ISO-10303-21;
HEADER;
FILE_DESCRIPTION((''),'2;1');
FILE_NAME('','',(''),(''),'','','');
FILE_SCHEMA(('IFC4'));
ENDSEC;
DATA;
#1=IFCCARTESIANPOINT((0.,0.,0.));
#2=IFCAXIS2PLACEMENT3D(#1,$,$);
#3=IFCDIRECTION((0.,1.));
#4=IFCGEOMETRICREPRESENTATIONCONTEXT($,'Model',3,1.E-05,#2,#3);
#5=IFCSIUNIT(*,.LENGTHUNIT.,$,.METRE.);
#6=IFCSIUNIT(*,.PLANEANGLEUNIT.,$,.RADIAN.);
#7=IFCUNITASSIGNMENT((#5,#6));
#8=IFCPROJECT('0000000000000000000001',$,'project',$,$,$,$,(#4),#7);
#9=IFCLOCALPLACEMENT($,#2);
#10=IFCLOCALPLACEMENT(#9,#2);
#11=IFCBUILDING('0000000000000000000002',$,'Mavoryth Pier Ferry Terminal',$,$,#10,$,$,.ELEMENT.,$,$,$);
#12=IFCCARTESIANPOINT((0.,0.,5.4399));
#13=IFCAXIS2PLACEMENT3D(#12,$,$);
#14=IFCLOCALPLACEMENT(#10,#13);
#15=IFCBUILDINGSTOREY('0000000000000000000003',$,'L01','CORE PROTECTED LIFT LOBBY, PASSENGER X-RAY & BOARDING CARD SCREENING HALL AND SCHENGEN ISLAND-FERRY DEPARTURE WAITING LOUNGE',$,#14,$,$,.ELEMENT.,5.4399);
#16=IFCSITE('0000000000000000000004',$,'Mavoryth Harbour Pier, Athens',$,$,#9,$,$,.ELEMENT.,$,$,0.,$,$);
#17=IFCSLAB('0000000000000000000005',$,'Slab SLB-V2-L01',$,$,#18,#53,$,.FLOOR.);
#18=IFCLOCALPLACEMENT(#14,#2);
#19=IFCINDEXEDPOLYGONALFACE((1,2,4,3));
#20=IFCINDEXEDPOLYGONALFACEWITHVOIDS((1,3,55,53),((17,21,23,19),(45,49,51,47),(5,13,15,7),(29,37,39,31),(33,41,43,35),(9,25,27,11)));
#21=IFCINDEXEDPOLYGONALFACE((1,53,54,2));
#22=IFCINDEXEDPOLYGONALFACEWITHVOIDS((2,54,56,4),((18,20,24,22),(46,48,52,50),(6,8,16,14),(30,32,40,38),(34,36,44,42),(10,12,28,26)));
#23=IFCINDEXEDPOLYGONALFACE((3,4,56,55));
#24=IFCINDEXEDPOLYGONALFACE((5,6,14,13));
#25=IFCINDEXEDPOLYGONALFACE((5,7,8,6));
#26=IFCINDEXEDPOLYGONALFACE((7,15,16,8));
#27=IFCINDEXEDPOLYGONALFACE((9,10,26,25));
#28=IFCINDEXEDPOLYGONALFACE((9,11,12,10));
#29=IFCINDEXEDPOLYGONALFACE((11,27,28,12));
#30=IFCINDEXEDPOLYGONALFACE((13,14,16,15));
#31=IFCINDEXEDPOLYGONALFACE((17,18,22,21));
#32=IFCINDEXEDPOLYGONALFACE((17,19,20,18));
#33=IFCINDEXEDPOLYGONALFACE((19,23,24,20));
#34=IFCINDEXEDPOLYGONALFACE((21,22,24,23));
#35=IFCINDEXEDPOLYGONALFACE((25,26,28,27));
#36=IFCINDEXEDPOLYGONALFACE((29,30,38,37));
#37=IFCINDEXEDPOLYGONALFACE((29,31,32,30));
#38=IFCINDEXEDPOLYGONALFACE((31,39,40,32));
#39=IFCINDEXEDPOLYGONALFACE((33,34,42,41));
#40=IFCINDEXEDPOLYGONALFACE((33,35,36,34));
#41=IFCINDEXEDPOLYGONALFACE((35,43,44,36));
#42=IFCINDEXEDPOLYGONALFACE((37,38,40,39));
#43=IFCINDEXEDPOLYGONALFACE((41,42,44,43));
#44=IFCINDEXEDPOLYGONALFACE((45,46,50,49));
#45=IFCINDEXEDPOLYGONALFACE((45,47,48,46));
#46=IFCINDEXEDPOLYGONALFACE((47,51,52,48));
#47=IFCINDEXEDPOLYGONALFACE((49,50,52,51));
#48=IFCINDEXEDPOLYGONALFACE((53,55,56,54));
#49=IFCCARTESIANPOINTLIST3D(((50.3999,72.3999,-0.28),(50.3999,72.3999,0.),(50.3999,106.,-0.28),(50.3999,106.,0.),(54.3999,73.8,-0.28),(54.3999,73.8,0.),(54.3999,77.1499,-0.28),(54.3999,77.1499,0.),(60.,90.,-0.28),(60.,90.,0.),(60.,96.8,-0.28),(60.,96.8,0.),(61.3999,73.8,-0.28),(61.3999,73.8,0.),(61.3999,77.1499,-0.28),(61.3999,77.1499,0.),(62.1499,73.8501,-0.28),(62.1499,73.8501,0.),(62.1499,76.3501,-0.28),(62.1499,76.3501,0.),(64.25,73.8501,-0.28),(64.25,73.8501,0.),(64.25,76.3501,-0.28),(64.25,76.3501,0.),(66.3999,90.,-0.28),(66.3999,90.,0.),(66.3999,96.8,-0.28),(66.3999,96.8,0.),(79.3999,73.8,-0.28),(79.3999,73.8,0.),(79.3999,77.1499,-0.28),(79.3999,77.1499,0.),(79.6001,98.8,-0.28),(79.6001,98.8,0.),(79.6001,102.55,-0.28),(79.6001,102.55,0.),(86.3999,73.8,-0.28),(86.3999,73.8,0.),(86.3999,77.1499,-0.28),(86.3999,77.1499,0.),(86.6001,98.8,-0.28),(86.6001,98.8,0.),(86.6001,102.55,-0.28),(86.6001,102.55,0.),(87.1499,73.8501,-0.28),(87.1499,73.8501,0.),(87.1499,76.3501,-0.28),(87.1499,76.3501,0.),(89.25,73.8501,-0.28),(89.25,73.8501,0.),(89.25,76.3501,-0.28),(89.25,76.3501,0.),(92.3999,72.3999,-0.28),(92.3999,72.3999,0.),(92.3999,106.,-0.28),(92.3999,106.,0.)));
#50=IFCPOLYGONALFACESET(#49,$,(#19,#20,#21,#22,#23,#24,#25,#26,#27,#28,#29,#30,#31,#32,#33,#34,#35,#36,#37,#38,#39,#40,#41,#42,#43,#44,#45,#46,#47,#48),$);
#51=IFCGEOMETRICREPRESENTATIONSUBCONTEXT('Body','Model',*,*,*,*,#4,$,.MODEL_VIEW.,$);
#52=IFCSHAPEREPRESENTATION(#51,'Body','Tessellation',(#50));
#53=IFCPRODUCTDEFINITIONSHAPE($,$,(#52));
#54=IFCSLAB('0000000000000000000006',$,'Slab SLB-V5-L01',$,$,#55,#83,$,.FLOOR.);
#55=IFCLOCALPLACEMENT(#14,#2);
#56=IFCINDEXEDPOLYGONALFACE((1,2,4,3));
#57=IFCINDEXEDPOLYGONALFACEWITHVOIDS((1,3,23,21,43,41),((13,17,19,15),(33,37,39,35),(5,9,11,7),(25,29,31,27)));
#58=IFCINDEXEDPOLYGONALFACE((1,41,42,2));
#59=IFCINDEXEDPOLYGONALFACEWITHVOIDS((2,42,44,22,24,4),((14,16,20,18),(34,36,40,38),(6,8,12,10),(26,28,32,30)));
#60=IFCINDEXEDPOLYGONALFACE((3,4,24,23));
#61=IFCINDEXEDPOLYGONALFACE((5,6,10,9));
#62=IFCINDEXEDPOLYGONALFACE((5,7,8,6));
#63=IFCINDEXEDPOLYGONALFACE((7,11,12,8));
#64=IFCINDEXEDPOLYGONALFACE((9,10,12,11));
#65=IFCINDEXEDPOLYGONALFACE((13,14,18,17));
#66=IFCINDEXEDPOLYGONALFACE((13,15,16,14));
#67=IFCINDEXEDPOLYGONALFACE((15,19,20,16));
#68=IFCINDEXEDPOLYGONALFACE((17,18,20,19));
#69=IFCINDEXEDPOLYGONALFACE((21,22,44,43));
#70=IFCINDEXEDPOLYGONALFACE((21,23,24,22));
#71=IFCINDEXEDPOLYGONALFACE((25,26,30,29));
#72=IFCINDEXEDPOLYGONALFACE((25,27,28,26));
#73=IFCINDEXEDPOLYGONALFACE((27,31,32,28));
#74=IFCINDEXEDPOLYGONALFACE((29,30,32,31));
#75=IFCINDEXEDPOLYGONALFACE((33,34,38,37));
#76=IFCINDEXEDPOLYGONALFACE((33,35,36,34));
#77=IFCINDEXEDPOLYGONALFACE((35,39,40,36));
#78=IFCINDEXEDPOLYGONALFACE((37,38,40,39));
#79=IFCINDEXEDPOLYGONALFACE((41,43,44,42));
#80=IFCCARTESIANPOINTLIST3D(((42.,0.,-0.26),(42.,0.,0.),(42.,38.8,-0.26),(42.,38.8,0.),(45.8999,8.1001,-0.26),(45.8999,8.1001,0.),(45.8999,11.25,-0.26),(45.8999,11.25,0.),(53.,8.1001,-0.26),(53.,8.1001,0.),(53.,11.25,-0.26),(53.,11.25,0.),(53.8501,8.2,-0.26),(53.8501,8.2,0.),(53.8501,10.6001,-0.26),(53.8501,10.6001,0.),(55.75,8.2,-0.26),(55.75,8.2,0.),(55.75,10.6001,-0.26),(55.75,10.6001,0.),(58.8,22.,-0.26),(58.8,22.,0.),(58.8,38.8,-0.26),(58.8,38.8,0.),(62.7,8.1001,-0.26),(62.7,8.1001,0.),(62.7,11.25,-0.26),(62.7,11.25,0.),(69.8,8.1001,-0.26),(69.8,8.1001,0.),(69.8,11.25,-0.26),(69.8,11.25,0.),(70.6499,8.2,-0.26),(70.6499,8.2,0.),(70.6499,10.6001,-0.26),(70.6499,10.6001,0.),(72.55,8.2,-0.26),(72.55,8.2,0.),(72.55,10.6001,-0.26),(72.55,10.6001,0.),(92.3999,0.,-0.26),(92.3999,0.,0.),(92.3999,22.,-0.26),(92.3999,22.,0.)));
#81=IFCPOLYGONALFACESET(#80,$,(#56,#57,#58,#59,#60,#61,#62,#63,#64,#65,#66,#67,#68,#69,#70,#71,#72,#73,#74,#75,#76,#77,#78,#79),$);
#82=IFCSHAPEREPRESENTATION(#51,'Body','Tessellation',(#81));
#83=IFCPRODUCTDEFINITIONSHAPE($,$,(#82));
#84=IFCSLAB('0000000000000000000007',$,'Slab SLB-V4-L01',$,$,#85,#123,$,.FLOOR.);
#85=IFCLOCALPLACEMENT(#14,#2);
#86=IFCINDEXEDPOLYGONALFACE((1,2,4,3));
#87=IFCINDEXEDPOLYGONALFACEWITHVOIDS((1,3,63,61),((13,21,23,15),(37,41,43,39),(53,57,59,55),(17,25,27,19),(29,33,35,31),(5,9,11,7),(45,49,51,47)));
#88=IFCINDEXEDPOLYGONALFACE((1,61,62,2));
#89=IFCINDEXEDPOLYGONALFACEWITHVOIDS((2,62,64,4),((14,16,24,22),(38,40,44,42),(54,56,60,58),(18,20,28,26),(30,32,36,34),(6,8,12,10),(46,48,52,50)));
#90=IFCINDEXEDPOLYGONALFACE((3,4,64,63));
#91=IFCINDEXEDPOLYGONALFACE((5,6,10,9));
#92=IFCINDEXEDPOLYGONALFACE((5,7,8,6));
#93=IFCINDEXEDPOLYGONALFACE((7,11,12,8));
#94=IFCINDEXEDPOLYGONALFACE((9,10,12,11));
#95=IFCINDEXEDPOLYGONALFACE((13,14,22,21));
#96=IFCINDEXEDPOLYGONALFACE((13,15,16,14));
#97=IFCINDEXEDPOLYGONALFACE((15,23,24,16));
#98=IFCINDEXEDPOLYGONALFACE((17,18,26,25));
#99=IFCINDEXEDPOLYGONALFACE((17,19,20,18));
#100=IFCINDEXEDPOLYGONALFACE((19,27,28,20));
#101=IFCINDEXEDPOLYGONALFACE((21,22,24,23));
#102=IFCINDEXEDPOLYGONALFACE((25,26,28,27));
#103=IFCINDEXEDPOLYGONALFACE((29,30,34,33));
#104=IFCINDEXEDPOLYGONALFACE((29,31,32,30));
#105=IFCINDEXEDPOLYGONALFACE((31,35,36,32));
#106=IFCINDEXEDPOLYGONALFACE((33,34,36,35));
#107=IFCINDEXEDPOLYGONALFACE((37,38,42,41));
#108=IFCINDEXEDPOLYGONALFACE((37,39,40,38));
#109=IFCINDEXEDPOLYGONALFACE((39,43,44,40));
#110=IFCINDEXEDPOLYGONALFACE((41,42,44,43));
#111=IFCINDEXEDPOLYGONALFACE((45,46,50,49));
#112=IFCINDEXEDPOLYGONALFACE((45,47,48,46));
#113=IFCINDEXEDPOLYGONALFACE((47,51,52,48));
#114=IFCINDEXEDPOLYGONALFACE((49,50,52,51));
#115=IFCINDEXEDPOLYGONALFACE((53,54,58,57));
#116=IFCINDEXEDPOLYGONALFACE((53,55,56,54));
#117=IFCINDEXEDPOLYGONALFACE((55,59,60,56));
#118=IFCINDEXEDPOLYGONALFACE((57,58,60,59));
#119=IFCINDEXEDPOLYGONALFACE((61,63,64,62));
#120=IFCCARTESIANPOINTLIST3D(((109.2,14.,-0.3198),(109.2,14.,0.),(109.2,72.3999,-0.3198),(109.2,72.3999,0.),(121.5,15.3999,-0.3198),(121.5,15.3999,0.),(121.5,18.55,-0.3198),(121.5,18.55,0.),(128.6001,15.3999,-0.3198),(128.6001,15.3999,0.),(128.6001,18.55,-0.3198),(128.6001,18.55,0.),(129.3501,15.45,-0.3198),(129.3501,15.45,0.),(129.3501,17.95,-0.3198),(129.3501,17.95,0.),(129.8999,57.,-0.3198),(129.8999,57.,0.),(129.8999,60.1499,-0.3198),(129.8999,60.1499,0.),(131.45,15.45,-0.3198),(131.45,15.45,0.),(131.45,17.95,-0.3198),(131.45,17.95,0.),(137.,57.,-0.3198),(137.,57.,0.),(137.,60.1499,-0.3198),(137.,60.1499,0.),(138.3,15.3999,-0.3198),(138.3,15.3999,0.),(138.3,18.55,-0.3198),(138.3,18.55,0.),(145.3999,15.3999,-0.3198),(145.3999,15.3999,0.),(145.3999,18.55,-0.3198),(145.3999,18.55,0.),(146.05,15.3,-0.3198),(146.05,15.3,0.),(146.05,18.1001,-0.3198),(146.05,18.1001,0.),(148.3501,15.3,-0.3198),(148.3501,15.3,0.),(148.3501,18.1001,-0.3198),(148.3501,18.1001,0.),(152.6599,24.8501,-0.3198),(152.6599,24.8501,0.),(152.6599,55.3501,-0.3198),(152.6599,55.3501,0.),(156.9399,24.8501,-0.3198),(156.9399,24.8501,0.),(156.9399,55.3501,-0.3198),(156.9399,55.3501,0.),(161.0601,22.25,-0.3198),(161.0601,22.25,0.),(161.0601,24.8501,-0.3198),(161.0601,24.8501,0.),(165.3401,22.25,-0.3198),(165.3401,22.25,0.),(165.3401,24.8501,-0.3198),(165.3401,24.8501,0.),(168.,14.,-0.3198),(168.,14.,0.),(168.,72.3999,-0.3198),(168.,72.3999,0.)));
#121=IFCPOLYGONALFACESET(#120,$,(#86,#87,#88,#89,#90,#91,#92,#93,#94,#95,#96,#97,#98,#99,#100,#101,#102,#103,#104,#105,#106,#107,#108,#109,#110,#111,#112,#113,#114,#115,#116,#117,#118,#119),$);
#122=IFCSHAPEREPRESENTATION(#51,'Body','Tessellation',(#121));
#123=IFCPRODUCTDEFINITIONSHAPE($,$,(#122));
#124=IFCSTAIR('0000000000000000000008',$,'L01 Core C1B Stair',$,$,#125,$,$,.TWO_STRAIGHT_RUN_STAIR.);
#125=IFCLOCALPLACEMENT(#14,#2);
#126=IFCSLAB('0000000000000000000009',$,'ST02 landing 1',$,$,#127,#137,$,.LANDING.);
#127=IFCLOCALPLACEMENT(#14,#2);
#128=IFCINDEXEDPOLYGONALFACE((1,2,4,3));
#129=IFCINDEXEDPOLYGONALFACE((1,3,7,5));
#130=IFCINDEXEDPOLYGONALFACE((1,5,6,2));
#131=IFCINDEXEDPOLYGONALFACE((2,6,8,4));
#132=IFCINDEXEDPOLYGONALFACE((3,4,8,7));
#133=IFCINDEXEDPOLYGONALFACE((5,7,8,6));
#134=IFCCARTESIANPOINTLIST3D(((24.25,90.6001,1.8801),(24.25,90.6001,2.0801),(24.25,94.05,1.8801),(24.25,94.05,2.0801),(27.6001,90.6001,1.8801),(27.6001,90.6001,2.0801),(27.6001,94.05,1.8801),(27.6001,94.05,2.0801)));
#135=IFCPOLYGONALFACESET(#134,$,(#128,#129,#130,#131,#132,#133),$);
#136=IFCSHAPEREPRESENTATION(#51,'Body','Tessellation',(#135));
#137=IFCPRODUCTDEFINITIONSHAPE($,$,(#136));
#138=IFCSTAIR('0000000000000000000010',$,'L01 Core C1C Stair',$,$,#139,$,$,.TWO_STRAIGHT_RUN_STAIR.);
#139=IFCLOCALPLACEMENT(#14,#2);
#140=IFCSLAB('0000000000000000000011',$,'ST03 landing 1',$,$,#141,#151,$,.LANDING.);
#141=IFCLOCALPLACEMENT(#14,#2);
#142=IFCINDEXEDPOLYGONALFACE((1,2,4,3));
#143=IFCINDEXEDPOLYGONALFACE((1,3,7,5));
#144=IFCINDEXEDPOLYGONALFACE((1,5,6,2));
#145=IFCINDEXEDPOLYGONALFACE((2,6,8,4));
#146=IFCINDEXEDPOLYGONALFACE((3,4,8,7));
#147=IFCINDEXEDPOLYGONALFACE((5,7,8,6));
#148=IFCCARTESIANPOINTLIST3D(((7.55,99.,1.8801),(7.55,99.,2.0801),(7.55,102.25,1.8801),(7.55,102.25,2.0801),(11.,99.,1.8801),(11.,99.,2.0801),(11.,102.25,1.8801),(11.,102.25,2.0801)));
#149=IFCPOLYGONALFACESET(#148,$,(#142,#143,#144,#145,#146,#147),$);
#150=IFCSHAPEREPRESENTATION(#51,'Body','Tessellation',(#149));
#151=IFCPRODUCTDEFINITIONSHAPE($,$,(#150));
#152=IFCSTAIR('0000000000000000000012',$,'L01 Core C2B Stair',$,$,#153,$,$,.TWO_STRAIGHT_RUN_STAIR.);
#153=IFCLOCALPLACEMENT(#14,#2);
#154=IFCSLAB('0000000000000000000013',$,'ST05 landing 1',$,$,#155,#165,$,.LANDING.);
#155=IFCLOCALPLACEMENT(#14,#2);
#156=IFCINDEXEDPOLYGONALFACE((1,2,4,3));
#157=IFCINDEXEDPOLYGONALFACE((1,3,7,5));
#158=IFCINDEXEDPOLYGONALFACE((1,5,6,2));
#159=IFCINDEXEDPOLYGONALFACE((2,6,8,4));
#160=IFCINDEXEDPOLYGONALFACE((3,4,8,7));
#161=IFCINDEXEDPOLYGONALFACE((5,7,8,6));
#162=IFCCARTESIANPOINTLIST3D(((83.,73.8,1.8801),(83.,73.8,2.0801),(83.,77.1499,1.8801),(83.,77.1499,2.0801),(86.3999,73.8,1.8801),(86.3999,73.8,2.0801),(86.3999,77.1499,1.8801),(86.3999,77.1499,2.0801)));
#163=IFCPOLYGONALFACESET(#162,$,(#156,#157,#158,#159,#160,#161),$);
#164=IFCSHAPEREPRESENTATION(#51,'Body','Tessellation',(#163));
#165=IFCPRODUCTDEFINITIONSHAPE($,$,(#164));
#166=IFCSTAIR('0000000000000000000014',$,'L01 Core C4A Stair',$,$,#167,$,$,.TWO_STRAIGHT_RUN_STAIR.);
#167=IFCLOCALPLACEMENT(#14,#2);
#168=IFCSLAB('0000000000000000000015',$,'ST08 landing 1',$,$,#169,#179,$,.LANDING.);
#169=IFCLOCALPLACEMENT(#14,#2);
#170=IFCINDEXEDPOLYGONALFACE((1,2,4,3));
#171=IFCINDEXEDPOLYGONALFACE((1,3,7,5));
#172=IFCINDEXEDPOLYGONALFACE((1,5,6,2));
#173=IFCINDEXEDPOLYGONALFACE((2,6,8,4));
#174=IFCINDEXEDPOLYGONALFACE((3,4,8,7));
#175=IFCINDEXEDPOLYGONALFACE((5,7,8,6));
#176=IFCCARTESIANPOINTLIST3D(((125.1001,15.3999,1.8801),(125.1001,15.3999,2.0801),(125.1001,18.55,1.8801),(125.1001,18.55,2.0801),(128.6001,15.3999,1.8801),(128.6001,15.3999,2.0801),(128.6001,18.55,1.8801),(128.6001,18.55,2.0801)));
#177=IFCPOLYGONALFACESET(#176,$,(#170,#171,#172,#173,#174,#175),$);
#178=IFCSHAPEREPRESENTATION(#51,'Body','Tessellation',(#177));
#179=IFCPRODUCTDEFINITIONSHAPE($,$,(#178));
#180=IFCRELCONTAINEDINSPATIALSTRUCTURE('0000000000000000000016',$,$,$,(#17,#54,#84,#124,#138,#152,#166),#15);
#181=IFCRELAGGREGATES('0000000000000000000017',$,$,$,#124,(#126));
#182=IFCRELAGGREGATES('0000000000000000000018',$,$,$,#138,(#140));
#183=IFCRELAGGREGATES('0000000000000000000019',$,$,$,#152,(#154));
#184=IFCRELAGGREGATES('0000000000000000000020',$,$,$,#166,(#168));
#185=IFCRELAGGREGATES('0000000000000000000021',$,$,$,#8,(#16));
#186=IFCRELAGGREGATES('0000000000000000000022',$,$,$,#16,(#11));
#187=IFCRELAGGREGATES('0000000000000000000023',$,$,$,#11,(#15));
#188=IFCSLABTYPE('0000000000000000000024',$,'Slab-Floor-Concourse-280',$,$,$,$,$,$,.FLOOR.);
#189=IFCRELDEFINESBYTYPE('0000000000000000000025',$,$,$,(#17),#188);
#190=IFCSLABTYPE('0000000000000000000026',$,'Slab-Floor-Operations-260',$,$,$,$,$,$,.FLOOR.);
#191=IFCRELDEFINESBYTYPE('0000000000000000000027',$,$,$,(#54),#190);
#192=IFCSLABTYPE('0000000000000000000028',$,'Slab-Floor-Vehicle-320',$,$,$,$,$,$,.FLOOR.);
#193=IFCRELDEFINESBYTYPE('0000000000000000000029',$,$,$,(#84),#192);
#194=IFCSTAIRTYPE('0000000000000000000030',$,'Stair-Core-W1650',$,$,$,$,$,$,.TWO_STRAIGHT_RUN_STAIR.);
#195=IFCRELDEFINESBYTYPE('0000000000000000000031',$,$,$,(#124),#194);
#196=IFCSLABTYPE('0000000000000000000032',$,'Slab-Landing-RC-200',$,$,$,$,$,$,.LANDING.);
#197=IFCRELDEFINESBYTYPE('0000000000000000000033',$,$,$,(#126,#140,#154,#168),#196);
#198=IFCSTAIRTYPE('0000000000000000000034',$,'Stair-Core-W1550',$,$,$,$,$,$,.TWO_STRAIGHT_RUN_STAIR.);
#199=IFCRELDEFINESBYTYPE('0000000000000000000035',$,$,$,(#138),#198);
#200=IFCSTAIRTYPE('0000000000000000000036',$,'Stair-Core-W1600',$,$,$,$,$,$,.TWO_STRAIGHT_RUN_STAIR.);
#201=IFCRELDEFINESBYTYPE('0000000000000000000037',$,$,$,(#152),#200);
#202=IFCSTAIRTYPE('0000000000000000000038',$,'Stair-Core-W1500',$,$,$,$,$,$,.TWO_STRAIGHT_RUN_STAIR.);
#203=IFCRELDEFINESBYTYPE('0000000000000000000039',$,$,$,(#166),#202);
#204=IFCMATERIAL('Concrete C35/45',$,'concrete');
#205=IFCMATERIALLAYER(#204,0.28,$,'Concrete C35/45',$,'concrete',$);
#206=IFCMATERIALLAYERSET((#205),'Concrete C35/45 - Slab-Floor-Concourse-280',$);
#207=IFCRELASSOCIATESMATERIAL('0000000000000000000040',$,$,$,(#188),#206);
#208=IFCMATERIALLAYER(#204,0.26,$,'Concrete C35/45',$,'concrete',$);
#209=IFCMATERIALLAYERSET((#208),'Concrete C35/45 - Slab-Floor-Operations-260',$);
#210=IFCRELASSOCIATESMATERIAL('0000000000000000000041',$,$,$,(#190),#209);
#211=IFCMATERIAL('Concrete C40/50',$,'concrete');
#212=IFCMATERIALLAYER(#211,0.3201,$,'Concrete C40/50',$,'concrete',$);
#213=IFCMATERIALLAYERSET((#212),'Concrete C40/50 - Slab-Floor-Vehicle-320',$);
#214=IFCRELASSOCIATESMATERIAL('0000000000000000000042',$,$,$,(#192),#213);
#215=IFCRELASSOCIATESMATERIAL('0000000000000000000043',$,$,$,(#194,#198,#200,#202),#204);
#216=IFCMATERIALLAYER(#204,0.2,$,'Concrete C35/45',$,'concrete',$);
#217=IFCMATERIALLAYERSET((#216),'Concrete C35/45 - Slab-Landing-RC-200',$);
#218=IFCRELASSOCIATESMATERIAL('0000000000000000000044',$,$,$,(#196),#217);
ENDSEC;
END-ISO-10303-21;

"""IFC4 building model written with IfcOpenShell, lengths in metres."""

from ifc_helpers import new_model, si_unit, direction, frame, origin, place, context, subcontext, project, spatial, polyline, outline, extrude, material, layer, layer_set, type_object, element, aggregate, save


model = new_model("IFC4")

# Units and contexts
model_context = context("Model", 3, precision=1e-05, world=origin(), true_north=direction((0.0, 1.0)))
body_context = subcontext(model_context, "Body", "Model", "MODEL_VIEW")
ifc_project = project(units=[si_unit("LENGTHUNIT", "METRE"), si_unit("PLANEANGLEUNIT", "RADIAN")], contexts=[model_context])

# Site, building, storey
site_placement = place(None, origin())
site = spatial("IfcSite", under=ifc_project, at=site_placement, Name="Mavoryth Harbour Pier, Athens", CompositionType="ELEMENT", RefElevation=0.0)
building_placement = place(site_placement, origin())
building = spatial("IfcBuilding", under=site, at=building_placement, Name="Mavoryth Pier Ferry Terminal", CompositionType="ELEMENT")
storey_placement = place(building_placement, frame((0.0, 0.0, 5.4399)))
storey = spatial("IfcBuildingStorey", under=building, at=storey_placement, Name="L01", Description="CORE PROTECTED LIFT LOBBY, PASSENGER X-RAY & BOARDING CARD SCREENING HALL AND SCHENGEN ISLAND-FERRY DEPARTURE WAITING LOUNGE", CompositionType="ELEMENT", Elevation=5.4399)

# Shared definitions
ifc_material_1 = material(Name="Concrete C40/50", Category="concrete")

# Slabs
ifc_material_2 = material(Name="Concrete C35/45", Category="concrete")
ifc_layer_1 = layer(ifc_material_2, 0.28, Name="Concrete C35/45", Category="concrete")
ifc_layer_set_1 = layer_set([ifc_layer_1], Name="Concrete C35/45 - Slab-Floor-Concourse-280")
slab_type_1 = type_object("IfcSlabType", Name="Slab-Floor-Concourse-280", PredefinedType="FLOOR", material=ifc_layer_set_1)
slab_1_placement = place(storey_placement, frame((0.0, 0.0, -0.28)))
element("IfcSlab", 1, at=slab_1_placement, inside=storey, type_object=slab_type_1, Name="Slab SLB-V2-L01", PredefinedType="FLOOR", context=body_context, shape_type="SweptSolid", body=[
    extrude(outline(polyline([(50.3999, 72.3999), (92.3999, 72.3999), (92.3999, 106.0), (50.3999, 106.0), (50.3999, 72.3999)]), holes=[polyline([(54.3999, 73.8), (61.3999, 73.8), (61.3999, 77.1499), (54.3999, 77.1499), (54.3999, 73.8)]), polyline([(79.3999, 73.8), (86.3999, 73.8), (86.3999, 77.1499), (79.3999, 77.1499), (79.3999, 73.8)]), polyline([(79.6001, 98.8), (86.6001, 98.8), (86.6001, 102.55), (79.6001, 102.55), (79.6001, 98.8)]), polyline([(62.1499, 73.8501), (64.25, 73.8501), (64.25, 76.3501), (62.1499, 76.3501), (62.1499, 73.8501)]), polyline([(87.1499, 73.8501), (89.25, 73.8501), (89.25, 76.3501), (87.1499, 76.3501), (87.1499, 73.8501)]), polyline([(60.0, 90.0), (66.3999, 90.0), (66.3999, 96.8), (60.0, 96.8), (60.0, 90.0)])]), origin(), (0.0, 0.0, 1.0), 0.28),
])
ifc_layer_2 = layer(ifc_material_2, 0.26, Name="Concrete C35/45", Category="concrete")
ifc_layer_set_2 = layer_set([ifc_layer_2], Name="Concrete C35/45 - Slab-Floor-Operations-260")
slab_type_2 = type_object("IfcSlabType", Name="Slab-Floor-Operations-260", PredefinedType="FLOOR", material=ifc_layer_set_2)
slab_2_placement = place(storey_placement, frame((0.0, 0.0, -0.26)))
element("IfcSlab", 2, at=slab_2_placement, inside=storey, type_object=slab_type_2, Name="Slab SLB-V5-L01", PredefinedType="FLOOR", context=body_context, shape_type="SweptSolid", body=[
    extrude(outline(polyline([(42.0, 0.0), (92.3999, 0.0), (92.3999, 22.0), (58.8, 22.0), (58.8, 38.8), (42.0, 38.8), (42.0, 0.0)]), holes=[polyline([(45.8999, 8.1001), (53.0, 8.1001), (53.0, 11.25), (45.8999, 11.25), (45.8999, 8.1001)]), polyline([(62.7, 8.1001), (69.8, 8.1001), (69.8, 11.25), (62.7, 11.25), (62.7, 8.1001)]), polyline([(53.8501, 8.2), (55.75, 8.2), (55.75, 10.6001), (53.8501, 10.6001), (53.8501, 8.2)]), polyline([(70.6499, 8.2), (72.55, 8.2), (72.55, 10.6001), (70.6499, 10.6001), (70.6499, 8.2)])]), origin(), (0.0, 0.0, 1.0), 0.26),
])
ifc_layer_3 = layer(ifc_material_1, 0.3201, Name="Concrete C40/50", Category="concrete")
ifc_layer_set_3 = layer_set([ifc_layer_3], Name="Concrete C40/50 - Slab-Floor-Vehicle-320")
slab_type_3 = type_object("IfcSlabType", Name="Slab-Floor-Vehicle-320", PredefinedType="FLOOR", material=ifc_layer_set_3)
slab_3_placement = place(storey_placement, frame((0.0, 0.0, -0.3198)))
element("IfcSlab", 3, at=slab_3_placement, inside=storey, type_object=slab_type_3, Name="Slab SLB-V4-L01", PredefinedType="FLOOR", context=body_context, shape_type="SweptSolid", body=[
    extrude(outline(polyline([(109.2, 14.0), (168.0, 14.0), (168.0, 72.3999), (109.2, 72.3999), (109.2, 14.0)]), holes=[polyline([(121.5, 15.3999), (128.6001, 15.3999), (128.6001, 18.55), (121.5, 18.55), (121.5, 15.3999)]), polyline([(138.3, 15.3999), (145.3999, 15.3999), (145.3999, 18.55), (138.3, 18.55), (138.3, 15.3999)]), polyline([(129.8999, 57.0), (137.0, 57.0), (137.0, 60.1499), (129.8999, 60.1499), (129.8999, 57.0)]), polyline([(129.3501, 15.45), (131.45, 15.45), (131.45, 17.95), (129.3501, 17.95), (129.3501, 15.45)]), polyline([(146.05, 15.3), (148.3501, 15.3), (148.3501, 18.1001), (146.05, 18.1001), (146.05, 15.3)]), polyline([(152.6599, 24.8501), (156.9399, 24.8501), (156.9399, 55.3501), (152.6599, 55.3501), (152.6599, 24.8501)]), polyline([(161.0601, 22.25), (165.3401, 22.25), (165.3401, 24.8501), (161.0601, 24.8501), (161.0601, 22.25)])]), origin(), (0.0, 0.0, 1.0), 0.3198),
])

# Stairs, slabs
stair_type_1 = type_object("IfcStairType", Name="Stair-Core-W1650", PredefinedType="TWO_STRAIGHT_RUN_STAIR", material=ifc_material_2)
stair_1_placement = place(storey_placement, origin())
stair_1 = element("IfcStair", 4, at=stair_1_placement, inside=storey, type_object=stair_type_1, Name="L01 Core C1B Stair", PredefinedType="TWO_STRAIGHT_RUN_STAIR")
ifc_layer_4 = layer(ifc_material_2, 0.2, Name="Concrete C35/45", Category="concrete")
ifc_layer_set_4 = layer_set([ifc_layer_4], Name="Concrete C35/45 - Slab-Landing-RC-200")
slab_type_4 = type_object("IfcSlabType", Name="Slab-Landing-RC-200", PredefinedType="LANDING", material=ifc_layer_set_4)
slab_4_placement = place(storey_placement, frame((0.0, 0.0, 1.8801)))
slab_4 = element("IfcSlab", 5, at=slab_4_placement, type_object=slab_type_4, Name="ST02 landing 1", PredefinedType="LANDING", context=body_context, shape_type="SweptSolid", body=[
    extrude(outline(polyline([(24.25, 90.6001), (27.6001, 90.6001), (27.6001, 94.05), (24.25, 94.05), (24.25, 90.6001)])), origin(), (0.0, 0.0, 1.0), 0.2),
])
aggregate(stair_1, [slab_4])
stair_type_2 = type_object("IfcStairType", Name="Stair-Core-W1550", PredefinedType="TWO_STRAIGHT_RUN_STAIR", material=ifc_material_2)
stair_2_placement = place(storey_placement, origin())
stair_2 = element("IfcStair", 6, at=stair_2_placement, inside=storey, type_object=stair_type_2, Name="L01 Core C1C Stair", PredefinedType="TWO_STRAIGHT_RUN_STAIR")
slab_5_placement = place(storey_placement, frame((0.0, 0.0, 1.8801)))
slab_5 = element("IfcSlab", 7, at=slab_5_placement, type_object=slab_type_4, Name="ST03 landing 1", PredefinedType="LANDING", context=body_context, shape_type="SweptSolid", body=[
    extrude(outline(polyline([(7.55, 99.0), (11.0, 99.0), (11.0, 102.25), (7.55, 102.25), (7.55, 99.0)])), origin(), (0.0, 0.0, 1.0), 0.2),
])
aggregate(stair_2, [slab_5])
stair_type_3 = type_object("IfcStairType", Name="Stair-Core-W1600", PredefinedType="TWO_STRAIGHT_RUN_STAIR", material=ifc_material_2)
stair_3_placement = place(storey_placement, origin())
stair_3 = element("IfcStair", 8, at=stair_3_placement, inside=storey, type_object=stair_type_3, Name="L01 Core C2B Stair", PredefinedType="TWO_STRAIGHT_RUN_STAIR")
slab_6_placement = place(storey_placement, frame((0.0, 0.0, 1.8801)))
slab_6 = element("IfcSlab", 9, at=slab_6_placement, type_object=slab_type_4, Name="ST05 landing 1", PredefinedType="LANDING", context=body_context, shape_type="SweptSolid", body=[
    extrude(outline(polyline([(83.0, 73.8), (86.3999, 73.8), (86.3999, 77.1499), (83.0, 77.1499), (83.0, 73.8)])), origin(), (0.0, 0.0, 1.0), 0.2),
])
aggregate(stair_3, [slab_6])
stair_type_4 = type_object("IfcStairType", Name="Stair-Core-W1500", PredefinedType="TWO_STRAIGHT_RUN_STAIR", material=ifc_material_2)
stair_4_placement = place(storey_placement, origin())
stair_4 = element("IfcStair", 10, at=stair_4_placement, inside=storey, type_object=stair_type_4, Name="L01 Core C4A Stair", PredefinedType="TWO_STRAIGHT_RUN_STAIR")
slab_7_placement = place(storey_placement, frame((0.0, 0.0, 1.8801)))
slab_7 = element("IfcSlab", 11, at=slab_7_placement, type_object=slab_type_4, Name="ST08 landing 1", PredefinedType="LANDING", context=body_context, shape_type="SweptSolid", body=[
    extrude(outline(polyline([(125.1001, 15.3999), (128.6001, 15.3999), (128.6001, 18.55), (125.1001, 18.55), (125.1001, 15.3999)])), origin(), (0.0, 0.0, 1.0), 0.2),
])
aggregate(stair_4, [slab_7])

save(model, "model.ifc")
